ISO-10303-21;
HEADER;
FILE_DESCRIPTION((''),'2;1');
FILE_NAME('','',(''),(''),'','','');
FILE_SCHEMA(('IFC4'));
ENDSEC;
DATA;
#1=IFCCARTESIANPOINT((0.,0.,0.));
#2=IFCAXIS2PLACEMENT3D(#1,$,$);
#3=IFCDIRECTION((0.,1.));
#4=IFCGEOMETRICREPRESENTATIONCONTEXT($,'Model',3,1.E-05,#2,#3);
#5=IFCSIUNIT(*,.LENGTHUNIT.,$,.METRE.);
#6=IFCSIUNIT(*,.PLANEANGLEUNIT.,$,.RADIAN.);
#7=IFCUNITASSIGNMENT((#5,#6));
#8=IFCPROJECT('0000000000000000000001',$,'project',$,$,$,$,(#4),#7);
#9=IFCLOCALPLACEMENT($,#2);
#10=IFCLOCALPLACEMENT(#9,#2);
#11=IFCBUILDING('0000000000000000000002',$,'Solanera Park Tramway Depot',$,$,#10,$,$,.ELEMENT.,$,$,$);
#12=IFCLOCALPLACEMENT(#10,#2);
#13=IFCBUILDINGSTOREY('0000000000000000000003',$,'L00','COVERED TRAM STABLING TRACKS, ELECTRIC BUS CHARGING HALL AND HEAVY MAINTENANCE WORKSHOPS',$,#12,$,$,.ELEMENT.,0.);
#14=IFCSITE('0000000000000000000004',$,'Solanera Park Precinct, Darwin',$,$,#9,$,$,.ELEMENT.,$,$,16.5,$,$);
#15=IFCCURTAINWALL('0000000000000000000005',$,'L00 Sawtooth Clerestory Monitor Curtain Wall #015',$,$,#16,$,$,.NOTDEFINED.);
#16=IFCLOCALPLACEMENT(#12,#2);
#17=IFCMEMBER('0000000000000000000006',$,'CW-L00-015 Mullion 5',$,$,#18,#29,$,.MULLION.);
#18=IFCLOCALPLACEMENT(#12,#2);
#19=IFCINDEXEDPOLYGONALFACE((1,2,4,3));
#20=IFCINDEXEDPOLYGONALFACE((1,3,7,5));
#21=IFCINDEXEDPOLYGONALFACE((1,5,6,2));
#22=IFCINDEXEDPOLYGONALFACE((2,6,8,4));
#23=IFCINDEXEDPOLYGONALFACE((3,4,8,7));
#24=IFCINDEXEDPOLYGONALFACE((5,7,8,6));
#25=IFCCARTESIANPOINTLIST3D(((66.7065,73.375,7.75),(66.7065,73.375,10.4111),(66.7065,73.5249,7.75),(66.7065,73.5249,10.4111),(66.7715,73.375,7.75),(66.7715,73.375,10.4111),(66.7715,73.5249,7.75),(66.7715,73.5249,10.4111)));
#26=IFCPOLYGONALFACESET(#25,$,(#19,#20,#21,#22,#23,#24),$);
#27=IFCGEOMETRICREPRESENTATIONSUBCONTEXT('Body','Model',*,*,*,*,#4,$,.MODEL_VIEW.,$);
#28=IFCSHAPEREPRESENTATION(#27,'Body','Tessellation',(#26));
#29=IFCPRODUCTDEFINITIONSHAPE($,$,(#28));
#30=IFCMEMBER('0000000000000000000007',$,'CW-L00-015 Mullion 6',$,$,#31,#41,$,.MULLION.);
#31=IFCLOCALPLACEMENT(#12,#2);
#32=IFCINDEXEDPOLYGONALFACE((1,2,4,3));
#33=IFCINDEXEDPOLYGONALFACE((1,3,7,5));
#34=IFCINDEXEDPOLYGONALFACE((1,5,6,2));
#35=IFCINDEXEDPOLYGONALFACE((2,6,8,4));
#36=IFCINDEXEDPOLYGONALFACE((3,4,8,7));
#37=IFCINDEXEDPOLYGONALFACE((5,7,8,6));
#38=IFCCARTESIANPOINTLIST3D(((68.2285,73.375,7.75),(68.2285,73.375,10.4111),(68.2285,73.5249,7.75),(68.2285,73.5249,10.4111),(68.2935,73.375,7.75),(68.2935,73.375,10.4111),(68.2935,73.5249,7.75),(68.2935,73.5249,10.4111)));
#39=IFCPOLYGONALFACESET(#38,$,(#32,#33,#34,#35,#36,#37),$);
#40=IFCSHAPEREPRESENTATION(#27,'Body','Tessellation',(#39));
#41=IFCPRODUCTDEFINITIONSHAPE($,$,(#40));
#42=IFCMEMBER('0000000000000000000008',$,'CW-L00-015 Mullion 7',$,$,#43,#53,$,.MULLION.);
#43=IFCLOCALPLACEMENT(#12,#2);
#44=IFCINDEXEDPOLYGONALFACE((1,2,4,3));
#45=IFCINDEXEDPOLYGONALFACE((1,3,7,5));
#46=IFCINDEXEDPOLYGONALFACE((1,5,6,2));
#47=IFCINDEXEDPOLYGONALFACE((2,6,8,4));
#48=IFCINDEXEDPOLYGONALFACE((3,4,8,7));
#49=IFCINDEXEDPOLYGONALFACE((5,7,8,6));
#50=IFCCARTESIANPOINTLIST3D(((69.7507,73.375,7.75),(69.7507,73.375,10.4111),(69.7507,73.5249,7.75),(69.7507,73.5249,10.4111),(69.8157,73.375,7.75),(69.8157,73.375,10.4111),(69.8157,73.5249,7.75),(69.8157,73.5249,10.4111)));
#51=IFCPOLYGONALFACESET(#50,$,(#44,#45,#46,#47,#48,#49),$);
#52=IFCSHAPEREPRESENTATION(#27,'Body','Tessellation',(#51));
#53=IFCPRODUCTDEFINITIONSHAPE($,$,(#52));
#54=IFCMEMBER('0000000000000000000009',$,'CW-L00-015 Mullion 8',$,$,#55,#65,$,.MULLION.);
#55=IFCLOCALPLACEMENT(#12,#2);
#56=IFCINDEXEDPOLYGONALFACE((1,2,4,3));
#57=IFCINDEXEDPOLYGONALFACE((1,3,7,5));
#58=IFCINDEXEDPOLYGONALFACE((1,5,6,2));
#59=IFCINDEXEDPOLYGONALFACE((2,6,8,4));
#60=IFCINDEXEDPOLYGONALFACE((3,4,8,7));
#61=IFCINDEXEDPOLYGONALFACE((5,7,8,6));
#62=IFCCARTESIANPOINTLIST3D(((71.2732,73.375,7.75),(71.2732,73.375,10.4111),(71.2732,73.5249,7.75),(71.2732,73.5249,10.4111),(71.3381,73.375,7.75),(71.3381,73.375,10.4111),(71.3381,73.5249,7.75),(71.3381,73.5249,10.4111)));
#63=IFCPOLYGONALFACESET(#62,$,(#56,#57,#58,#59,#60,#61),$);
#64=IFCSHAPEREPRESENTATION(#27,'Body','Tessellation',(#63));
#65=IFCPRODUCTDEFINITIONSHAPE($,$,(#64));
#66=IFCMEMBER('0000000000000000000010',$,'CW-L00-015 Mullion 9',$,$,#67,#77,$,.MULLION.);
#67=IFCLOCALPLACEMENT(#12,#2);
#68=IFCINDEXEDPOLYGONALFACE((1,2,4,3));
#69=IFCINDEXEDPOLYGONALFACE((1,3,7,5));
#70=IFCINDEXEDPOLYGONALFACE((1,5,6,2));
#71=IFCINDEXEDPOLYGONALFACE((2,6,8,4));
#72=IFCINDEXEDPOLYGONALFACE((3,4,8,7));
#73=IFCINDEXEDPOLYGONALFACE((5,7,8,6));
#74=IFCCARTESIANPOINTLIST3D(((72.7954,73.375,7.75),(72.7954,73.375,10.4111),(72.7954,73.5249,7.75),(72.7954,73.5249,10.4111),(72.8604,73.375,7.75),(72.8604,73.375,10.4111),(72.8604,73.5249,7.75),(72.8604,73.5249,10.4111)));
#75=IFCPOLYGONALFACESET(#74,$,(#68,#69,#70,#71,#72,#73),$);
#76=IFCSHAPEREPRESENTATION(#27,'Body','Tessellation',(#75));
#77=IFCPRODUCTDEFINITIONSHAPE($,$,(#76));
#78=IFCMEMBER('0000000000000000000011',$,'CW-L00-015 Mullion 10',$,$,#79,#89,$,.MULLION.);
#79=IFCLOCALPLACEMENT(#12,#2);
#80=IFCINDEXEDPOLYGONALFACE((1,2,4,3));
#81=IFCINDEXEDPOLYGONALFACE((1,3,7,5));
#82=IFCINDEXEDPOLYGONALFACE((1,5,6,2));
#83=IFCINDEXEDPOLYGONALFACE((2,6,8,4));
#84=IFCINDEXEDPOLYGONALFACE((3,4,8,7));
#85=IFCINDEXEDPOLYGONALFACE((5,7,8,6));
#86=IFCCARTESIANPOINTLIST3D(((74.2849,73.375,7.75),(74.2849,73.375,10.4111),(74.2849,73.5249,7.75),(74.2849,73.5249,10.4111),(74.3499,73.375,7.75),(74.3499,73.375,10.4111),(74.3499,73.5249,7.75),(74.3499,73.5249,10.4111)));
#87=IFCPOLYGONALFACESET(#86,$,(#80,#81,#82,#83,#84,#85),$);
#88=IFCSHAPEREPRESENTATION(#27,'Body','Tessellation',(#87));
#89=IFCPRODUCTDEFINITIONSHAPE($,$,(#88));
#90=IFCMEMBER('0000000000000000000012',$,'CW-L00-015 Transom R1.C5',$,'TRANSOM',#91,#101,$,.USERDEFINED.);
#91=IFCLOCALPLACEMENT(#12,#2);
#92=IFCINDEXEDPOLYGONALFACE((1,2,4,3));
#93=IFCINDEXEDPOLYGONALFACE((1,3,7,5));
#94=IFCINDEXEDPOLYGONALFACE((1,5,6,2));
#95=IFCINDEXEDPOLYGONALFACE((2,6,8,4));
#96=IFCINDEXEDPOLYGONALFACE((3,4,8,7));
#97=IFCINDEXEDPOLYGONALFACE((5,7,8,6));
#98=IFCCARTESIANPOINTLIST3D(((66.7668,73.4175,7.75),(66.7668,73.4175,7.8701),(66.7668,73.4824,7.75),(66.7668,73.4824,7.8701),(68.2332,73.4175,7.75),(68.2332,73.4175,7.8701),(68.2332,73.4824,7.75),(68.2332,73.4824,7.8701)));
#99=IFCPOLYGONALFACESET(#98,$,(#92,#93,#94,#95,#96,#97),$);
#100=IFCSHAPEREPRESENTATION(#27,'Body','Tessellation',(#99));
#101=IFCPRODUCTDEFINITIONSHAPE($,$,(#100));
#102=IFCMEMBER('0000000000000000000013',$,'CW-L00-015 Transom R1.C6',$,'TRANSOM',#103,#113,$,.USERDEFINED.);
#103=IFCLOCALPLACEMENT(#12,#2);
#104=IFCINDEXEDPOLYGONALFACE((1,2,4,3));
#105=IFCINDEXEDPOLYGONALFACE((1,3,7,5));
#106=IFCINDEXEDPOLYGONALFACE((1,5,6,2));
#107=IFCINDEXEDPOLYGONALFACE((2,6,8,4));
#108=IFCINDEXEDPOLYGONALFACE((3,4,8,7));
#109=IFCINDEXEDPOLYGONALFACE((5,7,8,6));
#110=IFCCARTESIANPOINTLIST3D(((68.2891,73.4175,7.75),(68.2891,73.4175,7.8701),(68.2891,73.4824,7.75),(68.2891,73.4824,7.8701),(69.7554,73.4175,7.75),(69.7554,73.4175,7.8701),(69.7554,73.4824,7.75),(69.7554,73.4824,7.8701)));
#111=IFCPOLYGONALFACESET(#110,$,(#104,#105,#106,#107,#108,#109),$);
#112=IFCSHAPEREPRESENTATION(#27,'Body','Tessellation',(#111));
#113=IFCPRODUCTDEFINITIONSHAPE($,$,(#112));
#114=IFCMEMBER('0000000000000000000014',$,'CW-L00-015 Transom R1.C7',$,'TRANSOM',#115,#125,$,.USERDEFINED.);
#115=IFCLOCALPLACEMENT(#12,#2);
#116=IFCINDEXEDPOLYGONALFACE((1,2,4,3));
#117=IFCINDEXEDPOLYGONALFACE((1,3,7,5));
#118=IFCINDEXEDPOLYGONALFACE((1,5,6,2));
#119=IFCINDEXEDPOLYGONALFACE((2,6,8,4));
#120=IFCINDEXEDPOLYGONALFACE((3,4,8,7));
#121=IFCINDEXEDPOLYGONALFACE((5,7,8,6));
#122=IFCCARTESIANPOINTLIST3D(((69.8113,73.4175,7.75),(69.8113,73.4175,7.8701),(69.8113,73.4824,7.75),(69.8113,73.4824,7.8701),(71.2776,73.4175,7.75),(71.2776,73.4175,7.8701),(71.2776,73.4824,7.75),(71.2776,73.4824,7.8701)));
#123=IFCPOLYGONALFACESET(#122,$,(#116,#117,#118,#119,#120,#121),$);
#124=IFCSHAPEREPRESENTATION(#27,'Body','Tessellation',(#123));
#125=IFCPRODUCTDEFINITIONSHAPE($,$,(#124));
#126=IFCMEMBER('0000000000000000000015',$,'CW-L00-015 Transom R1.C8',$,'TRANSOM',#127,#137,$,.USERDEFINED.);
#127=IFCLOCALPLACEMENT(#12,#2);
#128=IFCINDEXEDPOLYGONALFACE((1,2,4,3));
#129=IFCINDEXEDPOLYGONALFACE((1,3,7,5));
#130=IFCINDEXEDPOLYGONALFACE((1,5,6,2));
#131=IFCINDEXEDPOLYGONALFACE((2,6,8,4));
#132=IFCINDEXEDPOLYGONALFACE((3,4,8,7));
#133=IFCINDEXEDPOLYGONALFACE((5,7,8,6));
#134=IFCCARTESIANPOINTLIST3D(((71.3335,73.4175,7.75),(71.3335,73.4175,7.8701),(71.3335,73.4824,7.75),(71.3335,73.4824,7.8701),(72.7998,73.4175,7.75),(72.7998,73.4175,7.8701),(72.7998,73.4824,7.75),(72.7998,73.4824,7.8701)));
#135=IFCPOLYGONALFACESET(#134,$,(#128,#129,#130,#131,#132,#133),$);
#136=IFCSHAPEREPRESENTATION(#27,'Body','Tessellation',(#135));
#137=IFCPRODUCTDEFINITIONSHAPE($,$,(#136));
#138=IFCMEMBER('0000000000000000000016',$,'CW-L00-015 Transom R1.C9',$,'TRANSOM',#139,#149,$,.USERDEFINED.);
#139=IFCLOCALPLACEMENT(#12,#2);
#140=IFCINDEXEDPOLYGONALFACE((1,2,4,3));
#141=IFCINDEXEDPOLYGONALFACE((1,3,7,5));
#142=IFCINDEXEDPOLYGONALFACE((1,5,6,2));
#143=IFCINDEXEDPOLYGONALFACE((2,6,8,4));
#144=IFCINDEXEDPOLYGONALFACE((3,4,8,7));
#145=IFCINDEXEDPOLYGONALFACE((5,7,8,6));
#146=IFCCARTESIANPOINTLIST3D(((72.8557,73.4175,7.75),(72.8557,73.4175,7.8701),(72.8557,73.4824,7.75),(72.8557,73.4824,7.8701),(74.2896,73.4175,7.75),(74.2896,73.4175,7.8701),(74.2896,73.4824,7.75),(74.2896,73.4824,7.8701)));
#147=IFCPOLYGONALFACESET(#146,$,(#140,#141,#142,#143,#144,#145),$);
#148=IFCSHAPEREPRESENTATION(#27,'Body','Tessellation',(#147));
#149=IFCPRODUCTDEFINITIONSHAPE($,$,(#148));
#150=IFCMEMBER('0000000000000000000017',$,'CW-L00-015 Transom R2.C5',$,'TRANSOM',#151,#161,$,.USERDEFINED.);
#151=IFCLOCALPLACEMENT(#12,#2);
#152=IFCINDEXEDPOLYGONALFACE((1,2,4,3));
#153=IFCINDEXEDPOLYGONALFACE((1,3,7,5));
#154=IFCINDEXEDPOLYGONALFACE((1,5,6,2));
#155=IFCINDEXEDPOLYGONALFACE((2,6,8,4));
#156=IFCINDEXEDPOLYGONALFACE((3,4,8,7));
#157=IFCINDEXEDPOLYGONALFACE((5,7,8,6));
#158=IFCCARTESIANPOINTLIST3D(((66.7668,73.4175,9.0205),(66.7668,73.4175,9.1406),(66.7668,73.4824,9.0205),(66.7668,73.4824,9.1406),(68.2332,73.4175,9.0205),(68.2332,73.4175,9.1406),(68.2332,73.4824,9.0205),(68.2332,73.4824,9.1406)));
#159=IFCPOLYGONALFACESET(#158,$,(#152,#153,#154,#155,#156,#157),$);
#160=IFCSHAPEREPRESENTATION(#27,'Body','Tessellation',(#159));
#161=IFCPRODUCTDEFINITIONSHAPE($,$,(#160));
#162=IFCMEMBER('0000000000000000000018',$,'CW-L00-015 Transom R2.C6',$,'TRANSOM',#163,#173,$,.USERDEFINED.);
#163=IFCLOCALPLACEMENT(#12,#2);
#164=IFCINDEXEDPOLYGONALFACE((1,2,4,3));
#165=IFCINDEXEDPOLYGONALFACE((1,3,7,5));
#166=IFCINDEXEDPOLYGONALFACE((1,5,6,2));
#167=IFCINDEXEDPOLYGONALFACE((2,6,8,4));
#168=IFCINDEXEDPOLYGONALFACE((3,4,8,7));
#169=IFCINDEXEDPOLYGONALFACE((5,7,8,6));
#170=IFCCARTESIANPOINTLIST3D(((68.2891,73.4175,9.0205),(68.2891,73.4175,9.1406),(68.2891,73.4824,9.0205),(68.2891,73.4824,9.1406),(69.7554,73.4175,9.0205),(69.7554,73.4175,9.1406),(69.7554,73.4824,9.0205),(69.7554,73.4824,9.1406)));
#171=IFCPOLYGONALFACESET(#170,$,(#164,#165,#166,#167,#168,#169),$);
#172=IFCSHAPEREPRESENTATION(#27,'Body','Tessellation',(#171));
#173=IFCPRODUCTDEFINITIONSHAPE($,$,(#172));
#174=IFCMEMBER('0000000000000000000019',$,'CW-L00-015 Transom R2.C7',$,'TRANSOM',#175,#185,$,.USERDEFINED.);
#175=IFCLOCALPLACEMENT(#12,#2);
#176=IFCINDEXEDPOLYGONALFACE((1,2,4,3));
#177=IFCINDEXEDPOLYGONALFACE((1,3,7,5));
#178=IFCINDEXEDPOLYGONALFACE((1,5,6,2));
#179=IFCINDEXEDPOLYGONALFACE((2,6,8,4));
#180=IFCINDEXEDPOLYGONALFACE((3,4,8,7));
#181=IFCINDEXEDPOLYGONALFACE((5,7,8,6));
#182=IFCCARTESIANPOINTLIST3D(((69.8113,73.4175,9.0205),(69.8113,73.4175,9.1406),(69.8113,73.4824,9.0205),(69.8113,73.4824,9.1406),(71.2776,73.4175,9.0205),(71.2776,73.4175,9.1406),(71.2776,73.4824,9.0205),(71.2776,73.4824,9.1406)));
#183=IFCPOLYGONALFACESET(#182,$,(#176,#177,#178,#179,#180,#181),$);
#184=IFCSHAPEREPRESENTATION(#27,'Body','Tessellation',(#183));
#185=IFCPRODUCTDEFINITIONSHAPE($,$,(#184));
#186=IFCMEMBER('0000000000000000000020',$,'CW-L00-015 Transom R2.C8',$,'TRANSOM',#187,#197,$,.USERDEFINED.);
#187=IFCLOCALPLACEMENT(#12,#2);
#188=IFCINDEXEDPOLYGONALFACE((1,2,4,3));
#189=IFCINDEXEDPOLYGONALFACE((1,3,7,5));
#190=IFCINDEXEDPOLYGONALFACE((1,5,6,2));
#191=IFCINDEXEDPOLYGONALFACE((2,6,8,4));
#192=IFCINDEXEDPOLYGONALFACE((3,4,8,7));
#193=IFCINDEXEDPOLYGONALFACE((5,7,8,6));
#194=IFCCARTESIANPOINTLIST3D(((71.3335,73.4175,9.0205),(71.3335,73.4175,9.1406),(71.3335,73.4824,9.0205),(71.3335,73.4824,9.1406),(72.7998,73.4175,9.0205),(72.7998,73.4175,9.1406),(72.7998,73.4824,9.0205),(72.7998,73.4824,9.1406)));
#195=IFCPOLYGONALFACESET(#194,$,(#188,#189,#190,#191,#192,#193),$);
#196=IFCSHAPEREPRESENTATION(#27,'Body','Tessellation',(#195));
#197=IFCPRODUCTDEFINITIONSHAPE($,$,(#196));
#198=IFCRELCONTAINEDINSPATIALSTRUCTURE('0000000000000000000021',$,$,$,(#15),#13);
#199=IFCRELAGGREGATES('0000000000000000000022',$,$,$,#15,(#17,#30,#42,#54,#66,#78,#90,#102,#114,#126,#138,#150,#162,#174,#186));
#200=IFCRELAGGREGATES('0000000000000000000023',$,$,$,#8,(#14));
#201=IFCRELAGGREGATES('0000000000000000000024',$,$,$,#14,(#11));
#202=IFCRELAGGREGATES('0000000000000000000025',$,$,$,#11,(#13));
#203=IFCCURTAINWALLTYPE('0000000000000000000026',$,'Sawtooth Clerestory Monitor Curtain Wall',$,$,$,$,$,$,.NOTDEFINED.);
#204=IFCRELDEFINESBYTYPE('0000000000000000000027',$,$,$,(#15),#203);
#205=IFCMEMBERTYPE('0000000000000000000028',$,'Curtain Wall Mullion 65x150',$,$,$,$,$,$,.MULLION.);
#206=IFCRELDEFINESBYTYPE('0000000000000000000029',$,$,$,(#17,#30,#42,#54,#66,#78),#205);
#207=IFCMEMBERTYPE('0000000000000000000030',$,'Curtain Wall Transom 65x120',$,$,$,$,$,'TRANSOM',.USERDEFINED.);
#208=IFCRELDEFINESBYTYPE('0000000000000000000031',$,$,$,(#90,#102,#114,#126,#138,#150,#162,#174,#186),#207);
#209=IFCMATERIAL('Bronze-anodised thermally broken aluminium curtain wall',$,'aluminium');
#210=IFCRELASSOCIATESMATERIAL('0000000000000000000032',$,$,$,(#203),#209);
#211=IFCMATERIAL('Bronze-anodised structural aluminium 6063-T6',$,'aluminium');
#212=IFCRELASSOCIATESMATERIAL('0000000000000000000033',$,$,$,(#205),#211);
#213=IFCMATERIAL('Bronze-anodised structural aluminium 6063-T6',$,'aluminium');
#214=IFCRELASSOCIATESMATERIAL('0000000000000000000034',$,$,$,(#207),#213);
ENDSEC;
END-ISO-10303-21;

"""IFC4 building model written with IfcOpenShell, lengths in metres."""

from ifc_helpers import new_model, si_unit, direction, frame, origin, origin_2d, place, context, subcontext, project, spatial, rectangle, extrude, material, material_profile, profile_set, type_object, element, aggregate, save


model = new_model("IFC4")

# Units and contexts
model_context = context("Model", 3, precision=1e-05, world=origin(), true_north=direction((0.0, 1.0)))
body_context = subcontext(model_context, "Body", "Model", "MODEL_VIEW")
ifc_project = project(units=[si_unit("LENGTHUNIT", "METRE"), si_unit("PLANEANGLEUNIT", "RADIAN")], contexts=[model_context])

# Site, building, storey
site_placement = place(None, origin())
site = spatial("IfcSite", under=ifc_project, at=site_placement, Name="Solanera Park Precinct, Darwin", CompositionType="ELEMENT", RefElevation=16.5)
building_placement = place(site_placement, origin())
building = spatial("IfcBuilding", under=site, at=building_placement, Name="Solanera Park Tramway Depot", CompositionType="ELEMENT")
storey_placement = place(building_placement, origin())
storey = spatial("IfcBuildingStorey", under=building, at=storey_placement, Name="L00", Description="COVERED TRAM STABLING TRACKS, ELECTRIC BUS CHARGING HALL AND HEAVY MAINTENANCE WORKSHOPS", CompositionType="ELEMENT", Elevation=0.0)

# Curtain wall, members
ifc_material_1 = material(Name="Bronze-anodised thermally broken aluminium curtain wall", Category="aluminium")
curtain_wall_type = type_object("IfcCurtainWallType", Name="Sawtooth Clerestory Monitor Curtain Wall", PredefinedType="NOTDEFINED", material=ifc_material_1)
curtain_wall_placement = place(storey_placement, origin())
curtain_wall = element("IfcCurtainWall", 1, at=curtain_wall_placement, inside=storey, type_object=curtain_wall_type, Name="L00 Sawtooth Clerestory Monitor Curtain Wall #015", PredefinedType="NOTDEFINED")
ifc_material_2 = material(Name="Bronze-anodised structural aluminium 6063-T6", Category="aluminium")
ifc_material_profile_1 = material_profile(ifc_material_2, rectangle(XDim=0.0649, YDim=0.1499, at=origin_2d()), Name="Curtain Wall Mullion 65x150")
ifc_profile_set_1 = profile_set([ifc_material_profile_1], Name="Bronze-anodised structural aluminium 6063-T6")
member_type_1 = type_object("IfcMemberType", Name="Curtain Wall Mullion 65x150", PredefinedType="MULLION", material=ifc_profile_set_1)
member_1_placement = place(storey_placement, frame((66.739, 73.45, 7.75), z_axis=(0.0, 0.0, 1.0), x_axis=(1.0, 0.0, 0.0)))
member_1 = element("IfcMember", 2, at=member_1_placement, type_object=member_type_1, Name="CW-L00-015 Mullion 5", PredefinedType="MULLION", context=body_context, shape_type="SweptSolid", body=[
    extrude(rectangle(XDim=0.0649, YDim=0.1499, at=origin_2d()), origin(), (0.0, 0.0, 1.0), 2.6611),
])
member_2_placement = place(storey_placement, frame((68.261, 73.45, 7.75), z_axis=(0.0, 0.0, 1.0), x_axis=(1.0, 0.0, 0.0)))
member_2 = element("IfcMember", 3, at=member_2_placement, type_object=member_type_1, Name="CW-L00-015 Mullion 6", PredefinedType="MULLION", context=body_context, shape_type="SweptSolid", body=[
    extrude(rectangle(XDim=0.0649, YDim=0.1499, at=origin_2d()), origin(), (0.0, 0.0, 1.0), 2.6611),
])
member_3_placement = place(storey_placement, frame((69.7832, 73.45, 7.75), z_axis=(0.0, 0.0, 1.0), x_axis=(1.0, 0.0, 0.0)))
member_3 = element("IfcMember", 4, at=member_3_placement, type_object=member_type_1, Name="CW-L00-015 Mullion 7", PredefinedType="MULLION", context=body_context, shape_type="SweptSolid", body=[
    extrude(rectangle(XDim=0.0649, YDim=0.1499, at=origin_2d()), origin(), (0.0, 0.0, 1.0), 2.6611),
])
member_4_placement = place(storey_placement, frame((71.3057, 73.45, 7.75), z_axis=(0.0, 0.0, 1.0), x_axis=(1.0, 0.0, 0.0)))
member_4 = element("IfcMember", 5, at=member_4_placement, type_object=member_type_1, Name="CW-L00-015 Mullion 8", PredefinedType="MULLION", context=body_context, shape_type="SweptSolid", body=[
    extrude(rectangle(XDim=0.0649, YDim=0.1499, at=origin_2d()), origin(), (0.0, 0.0, 1.0), 2.6611),
])
member_5_placement = place(storey_placement, frame((72.8279, 73.45, 7.75), z_axis=(0.0, 0.0, 1.0), x_axis=(1.0, 0.0, 0.0)))
member_5 = element("IfcMember", 6, at=member_5_placement, type_object=member_type_1, Name="CW-L00-015 Mullion 9", PredefinedType="MULLION", context=body_context, shape_type="SweptSolid", body=[
    extrude(rectangle(XDim=0.0649, YDim=0.1499, at=origin_2d()), origin(), (0.0, 0.0, 1.0), 2.6611),
])
member_6_placement = place(storey_placement, frame((74.3174, 73.45, 7.75), z_axis=(0.0, 0.0, 1.0), x_axis=(1.0, 0.0, 0.0)))
member_6 = element("IfcMember", 7, at=member_6_placement, type_object=member_type_1, Name="CW-L00-015 Mullion 10", PredefinedType="MULLION", context=body_context, shape_type="SweptSolid", body=[
    extrude(rectangle(XDim=0.0649, YDim=0.1499, at=origin_2d()), origin(), (0.0, 0.0, 1.0), 2.6611),
])
ifc_material_3 = material(Name="Bronze-anodised structural aluminium 6063-T6", Category="aluminium")
ifc_material_profile_2 = material_profile(ifc_material_3, rectangle(XDim=0.0649, YDim=0.1201, at=origin_2d()), Name="Curtain Wall Transom 65x120")
ifc_profile_set_2 = profile_set([ifc_material_profile_2], Name="Bronze-anodised structural aluminium 6063-T6")
member_type_2 = type_object("IfcMemberType", Name="Curtain Wall Transom 65x120", ElementType="TRANSOM", PredefinedType="USERDEFINED", material=ifc_profile_set_2)
member_7_placement = place(storey_placement, frame((66.7668, 73.45, 7.8101), z_axis=(1.0, 0.0, 0.0), x_axis=(0.0, 1.0, 0.0)))
member_7 = element("IfcMember", 8, at=member_7_placement, type_object=member_type_2, Name="CW-L00-015 Transom R1.C5", ObjectType="TRANSOM", PredefinedType="USERDEFINED", context=body_context, shape_type="SweptSolid", body=[
    extrude(rectangle(XDim=0.0649, YDim=0.1201, at=origin_2d()), origin(), (0.0, 0.0, 1.0), 1.4663),
])
member_8_placement = place(storey_placement, frame((68.2891, 73.45, 7.8101), z_axis=(1.0, 0.0, 0.0), x_axis=(0.0, 1.0, 0.0)))
member_8 = element("IfcMember", 9, at=member_8_placement, type_object=member_type_2, Name="CW-L00-015 Transom R1.C6", ObjectType="TRANSOM", PredefinedType="USERDEFINED", context=body_context, shape_type="SweptSolid", body=[
    extrude(rectangle(XDim=0.0649, YDim=0.1201, at=origin_2d()), origin(), (0.0, 0.0, 1.0), 1.4663),
])
member_9_placement = place(storey_placement, frame((69.8113, 73.45, 7.8101), z_axis=(1.0, 0.0, 0.0), x_axis=(0.0, 1.0, 0.0)))
member_9 = element("IfcMember", 10, at=member_9_placement, type_object=member_type_2, Name="CW-L00-015 Transom R1.C7", ObjectType="TRANSOM", PredefinedType="USERDEFINED", context=body_context, shape_type="SweptSolid", body=[
    extrude(rectangle(XDim=0.0649, YDim=0.1201, at=origin_2d()), origin(), (0.0, 0.0, 1.0), 1.4663),
])
member_10_placement = place(storey_placement, frame((71.3335, 73.45, 7.8101), z_axis=(1.0, 0.0, 0.0), x_axis=(0.0, 1.0, 0.0)))
member_10 = element("IfcMember", 11, at=member_10_placement, type_object=member_type_2, Name="CW-L00-015 Transom R1.C8", ObjectType="TRANSOM", PredefinedType="USERDEFINED", context=body_context, shape_type="SweptSolid", body=[
    extrude(rectangle(XDim=0.0649, YDim=0.1201, at=origin_2d()), origin(), (0.0, 0.0, 1.0), 1.4663),
])
member_11_placement = place(storey_placement, frame((72.8557, 73.45, 7.8101), z_axis=(1.0, 0.0, 0.0), x_axis=(0.0, 1.0, 0.0)))
member_11 = element("IfcMember", 12, at=member_11_placement, type_object=member_type_2, Name="CW-L00-015 Transom R1.C9", ObjectType="TRANSOM", PredefinedType="USERDEFINED", context=body_context, shape_type="SweptSolid", body=[
    extrude(rectangle(XDim=0.0649, YDim=0.1201, at=origin_2d()), origin(), (0.0, 0.0, 1.0), 1.4338),
])
member_12_placement = place(storey_placement, frame((66.7668, 73.45, 9.0806), z_axis=(1.0, 0.0, 0.0), x_axis=(0.0, 1.0, 0.0)))
member_12 = element("IfcMember", 13, at=member_12_placement, type_object=member_type_2, Name="CW-L00-015 Transom R2.C5", ObjectType="TRANSOM", PredefinedType="USERDEFINED", context=body_context, shape_type="SweptSolid", body=[
    extrude(rectangle(XDim=0.0649, YDim=0.1201, at=origin_2d()), origin(), (0.0, 0.0, 1.0), 1.4663),
])
member_13_placement = place(storey_placement, frame((68.2891, 73.45, 9.0806), z_axis=(1.0, 0.0, 0.0), x_axis=(0.0, 1.0, 0.0)))
member_13 = element("IfcMember", 14, at=member_13_placement, type_object=member_type_2, Name="CW-L00-015 Transom R2.C6", ObjectType="TRANSOM", PredefinedType="USERDEFINED", context=body_context, shape_type="SweptSolid", body=[
    extrude(rectangle(XDim=0.0649, YDim=0.1201, at=origin_2d()), origin(), (0.0, 0.0, 1.0), 1.4663),
])
member_14_placement = place(storey_placement, frame((69.8113, 73.45, 9.0806), z_axis=(1.0, 0.0, 0.0), x_axis=(0.0, 1.0, 0.0)))
member_14 = element("IfcMember", 15, at=member_14_placement, type_object=member_type_2, Name="CW-L00-015 Transom R2.C7", ObjectType="TRANSOM", PredefinedType="USERDEFINED", context=body_context, shape_type="SweptSolid", body=[
    extrude(rectangle(XDim=0.0649, YDim=0.1201, at=origin_2d()), origin(), (0.0, 0.0, 1.0), 1.4663),
])
member_15_placement = place(storey_placement, frame((71.3335, 73.45, 9.0806), z_axis=(1.0, 0.0, 0.0), x_axis=(0.0, 1.0, 0.0)))
member_15 = element("IfcMember", 16, at=member_15_placement, type_object=member_type_2, Name="CW-L00-015 Transom R2.C8", ObjectType="TRANSOM", PredefinedType="USERDEFINED", context=body_context, shape_type="SweptSolid", body=[
    extrude(rectangle(XDim=0.0649, YDim=0.1201, at=origin_2d()), origin(), (0.0, 0.0, 1.0), 1.4663),
])
aggregate(curtain_wall, [member_1, member_2, member_3, member_4, member_5, member_6, member_7, member_8, member_9, member_10, member_11, member_12, member_13, member_14, member_15])

save(model, "model.ifc")
